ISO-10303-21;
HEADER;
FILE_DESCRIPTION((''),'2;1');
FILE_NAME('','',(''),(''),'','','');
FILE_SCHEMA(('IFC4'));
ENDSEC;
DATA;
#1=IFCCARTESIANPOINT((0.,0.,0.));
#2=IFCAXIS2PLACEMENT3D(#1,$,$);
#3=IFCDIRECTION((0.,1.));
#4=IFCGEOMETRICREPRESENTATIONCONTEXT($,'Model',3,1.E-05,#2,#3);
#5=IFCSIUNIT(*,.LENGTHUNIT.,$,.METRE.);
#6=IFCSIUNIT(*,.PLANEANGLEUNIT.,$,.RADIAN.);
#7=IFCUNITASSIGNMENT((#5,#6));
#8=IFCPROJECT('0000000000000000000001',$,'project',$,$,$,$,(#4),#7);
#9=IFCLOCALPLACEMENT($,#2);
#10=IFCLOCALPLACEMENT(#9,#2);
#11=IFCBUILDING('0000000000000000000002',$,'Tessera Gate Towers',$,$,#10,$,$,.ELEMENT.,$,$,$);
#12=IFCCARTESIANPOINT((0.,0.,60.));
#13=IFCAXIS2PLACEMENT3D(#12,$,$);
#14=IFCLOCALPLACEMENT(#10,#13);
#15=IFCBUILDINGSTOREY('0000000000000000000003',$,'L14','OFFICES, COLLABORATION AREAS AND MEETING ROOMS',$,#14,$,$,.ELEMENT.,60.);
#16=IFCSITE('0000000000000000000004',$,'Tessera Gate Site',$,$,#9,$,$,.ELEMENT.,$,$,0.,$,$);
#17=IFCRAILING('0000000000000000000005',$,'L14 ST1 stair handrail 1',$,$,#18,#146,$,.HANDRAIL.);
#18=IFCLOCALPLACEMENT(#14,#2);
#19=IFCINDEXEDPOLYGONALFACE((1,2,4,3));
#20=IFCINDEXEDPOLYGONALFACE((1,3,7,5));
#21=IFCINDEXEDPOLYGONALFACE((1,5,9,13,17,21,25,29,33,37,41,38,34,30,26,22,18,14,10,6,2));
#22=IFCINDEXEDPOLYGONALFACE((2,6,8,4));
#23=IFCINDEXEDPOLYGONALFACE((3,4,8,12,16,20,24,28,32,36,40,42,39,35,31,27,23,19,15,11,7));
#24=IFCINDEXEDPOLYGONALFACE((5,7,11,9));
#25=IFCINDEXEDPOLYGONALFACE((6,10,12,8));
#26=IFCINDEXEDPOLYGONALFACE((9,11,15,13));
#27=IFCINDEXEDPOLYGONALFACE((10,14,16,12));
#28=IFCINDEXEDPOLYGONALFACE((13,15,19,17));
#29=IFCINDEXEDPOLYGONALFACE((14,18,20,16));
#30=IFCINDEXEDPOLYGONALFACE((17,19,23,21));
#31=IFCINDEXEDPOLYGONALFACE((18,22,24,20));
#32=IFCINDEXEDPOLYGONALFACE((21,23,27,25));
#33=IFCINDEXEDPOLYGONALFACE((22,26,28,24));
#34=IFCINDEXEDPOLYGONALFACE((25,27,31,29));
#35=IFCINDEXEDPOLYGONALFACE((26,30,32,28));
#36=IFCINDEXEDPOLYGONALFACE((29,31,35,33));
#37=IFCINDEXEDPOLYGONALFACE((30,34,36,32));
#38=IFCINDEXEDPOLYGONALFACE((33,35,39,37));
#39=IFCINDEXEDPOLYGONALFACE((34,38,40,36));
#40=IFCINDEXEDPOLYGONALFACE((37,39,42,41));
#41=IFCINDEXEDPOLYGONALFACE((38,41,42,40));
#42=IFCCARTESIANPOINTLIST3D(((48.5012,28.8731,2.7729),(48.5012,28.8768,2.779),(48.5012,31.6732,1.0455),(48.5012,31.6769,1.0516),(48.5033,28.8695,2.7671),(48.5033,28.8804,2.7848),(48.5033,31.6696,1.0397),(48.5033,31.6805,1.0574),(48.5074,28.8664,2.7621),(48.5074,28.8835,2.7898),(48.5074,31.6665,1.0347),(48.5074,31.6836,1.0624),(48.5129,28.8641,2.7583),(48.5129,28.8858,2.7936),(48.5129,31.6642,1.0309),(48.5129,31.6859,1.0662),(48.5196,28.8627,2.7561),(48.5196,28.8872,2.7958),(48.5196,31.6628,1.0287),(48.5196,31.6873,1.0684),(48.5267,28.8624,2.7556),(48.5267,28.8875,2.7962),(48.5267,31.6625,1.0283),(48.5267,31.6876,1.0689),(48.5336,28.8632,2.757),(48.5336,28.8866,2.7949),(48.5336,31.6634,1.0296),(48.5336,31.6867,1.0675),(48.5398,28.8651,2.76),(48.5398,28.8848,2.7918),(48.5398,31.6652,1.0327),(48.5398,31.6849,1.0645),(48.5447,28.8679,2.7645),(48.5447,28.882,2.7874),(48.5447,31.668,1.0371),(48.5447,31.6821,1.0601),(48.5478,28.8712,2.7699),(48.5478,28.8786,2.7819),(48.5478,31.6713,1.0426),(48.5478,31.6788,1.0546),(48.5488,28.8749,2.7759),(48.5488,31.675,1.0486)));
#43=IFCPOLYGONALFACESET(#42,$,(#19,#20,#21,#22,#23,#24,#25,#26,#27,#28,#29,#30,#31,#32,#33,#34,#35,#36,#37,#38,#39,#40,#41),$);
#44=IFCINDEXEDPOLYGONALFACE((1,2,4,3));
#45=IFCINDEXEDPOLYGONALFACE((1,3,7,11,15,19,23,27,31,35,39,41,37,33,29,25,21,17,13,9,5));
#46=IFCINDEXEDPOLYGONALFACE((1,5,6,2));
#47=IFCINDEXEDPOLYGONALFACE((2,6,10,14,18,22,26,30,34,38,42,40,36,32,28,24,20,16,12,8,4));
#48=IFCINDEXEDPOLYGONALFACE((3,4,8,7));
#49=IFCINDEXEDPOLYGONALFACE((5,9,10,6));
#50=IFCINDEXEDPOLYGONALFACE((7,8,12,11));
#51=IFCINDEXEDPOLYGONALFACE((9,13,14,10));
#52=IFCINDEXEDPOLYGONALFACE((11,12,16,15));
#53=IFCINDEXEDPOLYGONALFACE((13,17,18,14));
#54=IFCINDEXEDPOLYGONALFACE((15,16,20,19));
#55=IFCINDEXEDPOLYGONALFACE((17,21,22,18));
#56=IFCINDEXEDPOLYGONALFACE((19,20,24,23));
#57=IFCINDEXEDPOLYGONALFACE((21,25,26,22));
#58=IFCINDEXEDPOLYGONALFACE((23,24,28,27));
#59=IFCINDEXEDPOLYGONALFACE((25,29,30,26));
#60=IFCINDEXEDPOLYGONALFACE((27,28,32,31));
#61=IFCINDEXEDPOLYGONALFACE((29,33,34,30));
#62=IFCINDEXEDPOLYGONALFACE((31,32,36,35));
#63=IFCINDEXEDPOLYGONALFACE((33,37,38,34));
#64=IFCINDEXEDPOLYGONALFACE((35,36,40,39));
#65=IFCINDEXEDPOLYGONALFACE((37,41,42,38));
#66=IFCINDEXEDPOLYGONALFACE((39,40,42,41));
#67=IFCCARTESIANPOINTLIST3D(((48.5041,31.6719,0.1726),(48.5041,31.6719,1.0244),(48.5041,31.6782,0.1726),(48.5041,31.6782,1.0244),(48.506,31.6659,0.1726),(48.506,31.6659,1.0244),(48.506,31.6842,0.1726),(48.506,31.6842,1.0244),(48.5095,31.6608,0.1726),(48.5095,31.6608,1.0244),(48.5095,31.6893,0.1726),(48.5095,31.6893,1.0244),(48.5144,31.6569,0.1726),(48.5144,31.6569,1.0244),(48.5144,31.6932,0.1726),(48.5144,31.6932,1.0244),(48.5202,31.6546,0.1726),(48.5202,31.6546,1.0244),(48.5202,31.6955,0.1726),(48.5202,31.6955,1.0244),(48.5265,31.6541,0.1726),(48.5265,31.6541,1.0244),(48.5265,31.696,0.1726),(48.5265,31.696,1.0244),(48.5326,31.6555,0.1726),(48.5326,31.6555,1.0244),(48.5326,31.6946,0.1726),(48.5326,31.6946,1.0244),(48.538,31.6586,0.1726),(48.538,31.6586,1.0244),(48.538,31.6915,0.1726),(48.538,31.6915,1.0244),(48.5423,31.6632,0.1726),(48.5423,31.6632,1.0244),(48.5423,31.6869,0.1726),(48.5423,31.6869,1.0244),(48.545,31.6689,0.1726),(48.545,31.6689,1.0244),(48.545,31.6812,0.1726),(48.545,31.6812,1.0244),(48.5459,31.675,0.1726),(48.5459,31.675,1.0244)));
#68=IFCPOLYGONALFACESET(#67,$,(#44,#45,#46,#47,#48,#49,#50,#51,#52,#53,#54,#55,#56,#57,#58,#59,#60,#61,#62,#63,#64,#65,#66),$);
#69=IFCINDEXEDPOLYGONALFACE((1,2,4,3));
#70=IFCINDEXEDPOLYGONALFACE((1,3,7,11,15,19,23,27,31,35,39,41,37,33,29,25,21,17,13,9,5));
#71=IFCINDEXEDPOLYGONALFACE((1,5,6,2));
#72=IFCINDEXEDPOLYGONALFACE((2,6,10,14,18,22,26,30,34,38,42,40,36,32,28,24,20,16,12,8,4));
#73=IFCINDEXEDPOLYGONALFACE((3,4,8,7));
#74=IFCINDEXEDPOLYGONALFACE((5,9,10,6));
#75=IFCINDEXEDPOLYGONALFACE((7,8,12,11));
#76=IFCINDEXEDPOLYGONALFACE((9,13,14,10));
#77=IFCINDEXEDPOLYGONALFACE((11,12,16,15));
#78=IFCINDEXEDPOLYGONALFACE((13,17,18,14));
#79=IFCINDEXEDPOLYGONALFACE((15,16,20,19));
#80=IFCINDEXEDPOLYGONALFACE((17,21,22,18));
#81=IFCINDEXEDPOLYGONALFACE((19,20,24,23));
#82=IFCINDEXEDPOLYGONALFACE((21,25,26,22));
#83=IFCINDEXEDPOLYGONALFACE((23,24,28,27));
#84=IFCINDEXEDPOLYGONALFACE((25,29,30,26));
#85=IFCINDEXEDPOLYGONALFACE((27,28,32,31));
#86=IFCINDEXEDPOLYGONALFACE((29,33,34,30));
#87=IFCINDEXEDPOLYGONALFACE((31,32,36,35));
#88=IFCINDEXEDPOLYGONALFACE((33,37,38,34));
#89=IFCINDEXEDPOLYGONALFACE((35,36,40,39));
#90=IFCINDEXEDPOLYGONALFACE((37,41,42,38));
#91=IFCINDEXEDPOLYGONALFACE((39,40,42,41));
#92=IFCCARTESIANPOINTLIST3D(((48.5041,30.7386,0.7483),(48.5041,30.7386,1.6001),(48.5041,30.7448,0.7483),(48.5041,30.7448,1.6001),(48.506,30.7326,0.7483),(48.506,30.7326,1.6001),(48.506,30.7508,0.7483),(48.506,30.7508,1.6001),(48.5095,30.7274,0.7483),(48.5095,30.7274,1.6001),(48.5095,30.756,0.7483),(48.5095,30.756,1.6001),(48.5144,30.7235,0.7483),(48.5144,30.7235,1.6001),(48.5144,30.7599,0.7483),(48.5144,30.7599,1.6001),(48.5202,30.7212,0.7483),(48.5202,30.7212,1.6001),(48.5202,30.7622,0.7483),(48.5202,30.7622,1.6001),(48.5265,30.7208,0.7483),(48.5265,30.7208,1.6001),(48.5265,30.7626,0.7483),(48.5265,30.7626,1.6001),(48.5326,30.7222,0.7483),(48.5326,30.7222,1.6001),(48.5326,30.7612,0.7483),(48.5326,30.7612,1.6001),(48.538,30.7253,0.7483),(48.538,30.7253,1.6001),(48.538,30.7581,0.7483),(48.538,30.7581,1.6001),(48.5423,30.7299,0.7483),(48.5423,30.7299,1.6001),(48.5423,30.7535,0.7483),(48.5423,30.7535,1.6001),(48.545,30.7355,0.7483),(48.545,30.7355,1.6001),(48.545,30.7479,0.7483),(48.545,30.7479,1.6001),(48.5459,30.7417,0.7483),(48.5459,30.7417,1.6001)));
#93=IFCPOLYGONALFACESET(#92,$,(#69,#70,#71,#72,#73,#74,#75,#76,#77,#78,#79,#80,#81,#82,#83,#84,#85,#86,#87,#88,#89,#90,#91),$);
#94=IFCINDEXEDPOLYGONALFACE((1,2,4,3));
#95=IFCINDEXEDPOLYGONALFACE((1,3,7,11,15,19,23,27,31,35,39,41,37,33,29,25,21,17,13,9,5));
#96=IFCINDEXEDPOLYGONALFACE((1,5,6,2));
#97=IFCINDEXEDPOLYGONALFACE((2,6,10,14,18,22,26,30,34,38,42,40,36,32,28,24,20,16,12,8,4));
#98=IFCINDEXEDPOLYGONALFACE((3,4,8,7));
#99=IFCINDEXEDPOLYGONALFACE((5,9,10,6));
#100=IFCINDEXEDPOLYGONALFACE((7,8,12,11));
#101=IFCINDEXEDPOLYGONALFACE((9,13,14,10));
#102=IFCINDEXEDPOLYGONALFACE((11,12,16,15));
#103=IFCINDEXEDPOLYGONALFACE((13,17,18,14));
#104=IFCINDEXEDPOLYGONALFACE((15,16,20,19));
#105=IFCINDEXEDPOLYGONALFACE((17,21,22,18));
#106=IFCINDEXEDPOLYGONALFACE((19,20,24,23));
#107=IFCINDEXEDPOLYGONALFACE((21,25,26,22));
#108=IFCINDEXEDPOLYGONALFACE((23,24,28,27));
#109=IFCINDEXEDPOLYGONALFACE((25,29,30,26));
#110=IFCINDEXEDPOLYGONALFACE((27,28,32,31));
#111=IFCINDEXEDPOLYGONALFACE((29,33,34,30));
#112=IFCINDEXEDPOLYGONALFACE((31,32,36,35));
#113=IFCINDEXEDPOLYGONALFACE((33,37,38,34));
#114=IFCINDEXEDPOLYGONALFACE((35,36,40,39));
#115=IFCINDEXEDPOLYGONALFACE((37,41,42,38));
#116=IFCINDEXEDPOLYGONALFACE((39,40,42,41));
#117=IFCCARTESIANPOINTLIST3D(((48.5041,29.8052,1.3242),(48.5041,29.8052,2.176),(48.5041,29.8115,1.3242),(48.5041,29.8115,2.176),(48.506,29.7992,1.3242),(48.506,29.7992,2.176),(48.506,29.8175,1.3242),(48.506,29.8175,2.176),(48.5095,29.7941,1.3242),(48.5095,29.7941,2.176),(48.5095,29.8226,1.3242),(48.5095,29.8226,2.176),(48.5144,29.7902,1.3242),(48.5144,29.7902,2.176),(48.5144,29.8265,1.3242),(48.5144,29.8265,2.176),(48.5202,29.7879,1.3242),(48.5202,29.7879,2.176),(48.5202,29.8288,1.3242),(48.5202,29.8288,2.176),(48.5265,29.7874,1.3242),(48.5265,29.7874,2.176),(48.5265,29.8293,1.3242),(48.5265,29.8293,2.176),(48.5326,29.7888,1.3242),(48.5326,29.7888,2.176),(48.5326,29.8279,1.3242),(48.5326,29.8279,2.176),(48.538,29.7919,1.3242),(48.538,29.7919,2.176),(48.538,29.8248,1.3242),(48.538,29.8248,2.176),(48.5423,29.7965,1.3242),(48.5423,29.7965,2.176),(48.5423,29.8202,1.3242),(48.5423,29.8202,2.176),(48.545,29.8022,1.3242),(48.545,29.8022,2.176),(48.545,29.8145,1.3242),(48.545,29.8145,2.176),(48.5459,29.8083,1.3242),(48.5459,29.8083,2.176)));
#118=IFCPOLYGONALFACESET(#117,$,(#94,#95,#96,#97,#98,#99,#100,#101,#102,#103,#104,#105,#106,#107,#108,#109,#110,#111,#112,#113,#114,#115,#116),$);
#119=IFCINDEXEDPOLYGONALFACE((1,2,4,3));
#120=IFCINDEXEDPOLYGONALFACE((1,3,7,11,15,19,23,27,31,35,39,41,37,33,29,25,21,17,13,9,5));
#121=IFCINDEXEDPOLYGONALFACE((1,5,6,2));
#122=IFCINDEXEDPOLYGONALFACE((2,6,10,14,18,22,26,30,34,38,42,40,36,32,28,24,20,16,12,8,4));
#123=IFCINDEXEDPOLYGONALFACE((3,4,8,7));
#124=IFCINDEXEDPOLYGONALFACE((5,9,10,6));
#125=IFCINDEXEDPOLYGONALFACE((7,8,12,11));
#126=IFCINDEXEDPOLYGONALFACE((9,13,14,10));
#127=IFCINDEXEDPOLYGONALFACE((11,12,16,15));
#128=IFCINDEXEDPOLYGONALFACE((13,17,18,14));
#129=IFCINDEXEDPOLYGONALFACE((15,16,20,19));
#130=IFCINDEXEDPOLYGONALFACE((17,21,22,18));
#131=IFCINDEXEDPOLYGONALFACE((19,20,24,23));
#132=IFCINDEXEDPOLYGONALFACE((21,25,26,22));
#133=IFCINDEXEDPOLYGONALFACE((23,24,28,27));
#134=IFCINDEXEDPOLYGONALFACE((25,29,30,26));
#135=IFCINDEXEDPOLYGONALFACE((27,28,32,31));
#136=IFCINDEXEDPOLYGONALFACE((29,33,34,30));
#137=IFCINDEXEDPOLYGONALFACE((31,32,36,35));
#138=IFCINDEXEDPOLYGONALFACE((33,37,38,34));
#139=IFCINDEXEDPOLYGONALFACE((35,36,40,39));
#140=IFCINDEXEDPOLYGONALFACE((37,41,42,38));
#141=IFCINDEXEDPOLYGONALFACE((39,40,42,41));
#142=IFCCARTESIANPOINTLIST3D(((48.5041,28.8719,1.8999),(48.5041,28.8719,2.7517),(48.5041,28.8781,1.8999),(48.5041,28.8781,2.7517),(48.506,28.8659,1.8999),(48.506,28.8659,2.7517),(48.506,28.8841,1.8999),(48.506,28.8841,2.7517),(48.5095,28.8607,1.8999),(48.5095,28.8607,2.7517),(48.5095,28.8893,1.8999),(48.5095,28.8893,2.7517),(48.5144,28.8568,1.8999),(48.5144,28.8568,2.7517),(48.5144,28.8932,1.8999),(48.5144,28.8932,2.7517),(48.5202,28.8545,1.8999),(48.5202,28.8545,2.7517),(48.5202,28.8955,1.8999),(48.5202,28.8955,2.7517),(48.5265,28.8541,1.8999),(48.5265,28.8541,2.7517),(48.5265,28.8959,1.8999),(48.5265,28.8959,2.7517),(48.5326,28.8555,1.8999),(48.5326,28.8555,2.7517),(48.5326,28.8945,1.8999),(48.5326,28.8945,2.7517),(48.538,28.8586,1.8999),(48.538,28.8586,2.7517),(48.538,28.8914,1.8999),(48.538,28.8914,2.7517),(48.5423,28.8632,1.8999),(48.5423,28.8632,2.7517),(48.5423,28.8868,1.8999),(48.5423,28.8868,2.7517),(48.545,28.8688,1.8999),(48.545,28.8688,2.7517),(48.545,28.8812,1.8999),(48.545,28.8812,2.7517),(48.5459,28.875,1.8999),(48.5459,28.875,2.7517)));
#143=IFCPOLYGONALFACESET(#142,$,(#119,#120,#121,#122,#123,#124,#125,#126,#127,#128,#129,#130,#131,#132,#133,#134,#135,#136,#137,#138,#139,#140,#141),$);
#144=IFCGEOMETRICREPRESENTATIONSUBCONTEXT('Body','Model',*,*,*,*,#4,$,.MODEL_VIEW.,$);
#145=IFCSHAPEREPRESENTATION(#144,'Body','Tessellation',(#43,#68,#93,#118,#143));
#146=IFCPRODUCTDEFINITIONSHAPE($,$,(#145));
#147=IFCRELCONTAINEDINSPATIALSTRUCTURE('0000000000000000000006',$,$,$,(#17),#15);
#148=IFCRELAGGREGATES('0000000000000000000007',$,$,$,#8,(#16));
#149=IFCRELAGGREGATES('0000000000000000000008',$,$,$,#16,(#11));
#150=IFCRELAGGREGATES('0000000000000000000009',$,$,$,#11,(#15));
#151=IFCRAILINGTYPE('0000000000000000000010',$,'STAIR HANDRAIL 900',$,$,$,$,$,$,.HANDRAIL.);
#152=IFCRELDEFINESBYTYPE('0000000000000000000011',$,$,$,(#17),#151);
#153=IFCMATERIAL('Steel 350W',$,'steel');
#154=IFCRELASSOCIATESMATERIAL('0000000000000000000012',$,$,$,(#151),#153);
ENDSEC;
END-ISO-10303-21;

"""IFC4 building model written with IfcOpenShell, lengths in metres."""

from ifc_helpers import new_model, si_unit, direction, frame, origin, origin_2d, place, context, subcontext, project, spatial, circle, extrude, material, type_object, element, save


model = new_model("IFC4")

# Units and contexts
model_context = context("Model", 3, precision=1e-05, world=origin(), true_north=direction((0.0, 1.0)))
body_context = subcontext(model_context, "Body", "Model", "MODEL_VIEW")
ifc_project = project(units=[si_unit("LENGTHUNIT", "METRE"), si_unit("PLANEANGLEUNIT", "RADIAN")], contexts=[model_context])

# Site, building, storey
site_placement = place(None, origin())
site = spatial("IfcSite", under=ifc_project, at=site_placement, Name="Tessera Gate Site", CompositionType="ELEMENT", RefElevation=0.0)
building_placement = place(site_placement, origin())
building = spatial("IfcBuilding", under=site, at=building_placement, Name="Tessera Gate Towers", CompositionType="ELEMENT")
storey_placement = place(building_placement, frame((0.0, 0.0, 60.0)))
storey = spatial("IfcBuildingStorey", under=building, at=storey_placement, Name="L14", Description="OFFICES, COLLABORATION AREAS AND MEETING ROOMS", CompositionType="ELEMENT", Elevation=60.0)

# Railing
ifc_material_1 = material(Name="Steel 350W", Category="steel")
railing_type = type_object("IfcRailingType", Name="STAIR HANDRAIL 900", PredefinedType="HANDRAIL", material=ifc_material_1)
railing_placement = place(storey_placement, frame((48.5249, 31.675, 0.1726)))
element("IfcRailing", 1, at=railing_placement, inside=storey, type_object=railing_type, Name="L14 ST1 stair handrail 1", PredefinedType="HANDRAIL", context=body_context, shape_type="SweptSolid", body=[
    extrude(circle(Radius=0.0239, at=origin_2d()), frame((0.0, 0.0, 0.876), z_axis=(0.0, -0.85109, 0.52502), x_axis=(1.0, 0.0, 0.0)), (0.0, 0.0, 1.0), 3.29),
    extrude(circle(Radius=0.021, at=origin_2d()), origin(), (0.0, 0.0, 1.0), 0.8518),
    extrude(circle(Radius=0.021, at=origin_2d()), frame((0.0, -0.9333, 0.5757)), (0.0, 0.0, 1.0), 0.8518),
    extrude(circle(Radius=0.021, at=origin_2d()), frame((0.0, -1.8667, 1.1516)), (0.0, 0.0, 1.0), 0.8518),
    extrude(circle(Radius=0.021, at=origin_2d()), frame((0.0, -2.8, 1.7273)), (0.0, 0.0, 1.0), 0.8518),
])

save(model, "model.ifc")
